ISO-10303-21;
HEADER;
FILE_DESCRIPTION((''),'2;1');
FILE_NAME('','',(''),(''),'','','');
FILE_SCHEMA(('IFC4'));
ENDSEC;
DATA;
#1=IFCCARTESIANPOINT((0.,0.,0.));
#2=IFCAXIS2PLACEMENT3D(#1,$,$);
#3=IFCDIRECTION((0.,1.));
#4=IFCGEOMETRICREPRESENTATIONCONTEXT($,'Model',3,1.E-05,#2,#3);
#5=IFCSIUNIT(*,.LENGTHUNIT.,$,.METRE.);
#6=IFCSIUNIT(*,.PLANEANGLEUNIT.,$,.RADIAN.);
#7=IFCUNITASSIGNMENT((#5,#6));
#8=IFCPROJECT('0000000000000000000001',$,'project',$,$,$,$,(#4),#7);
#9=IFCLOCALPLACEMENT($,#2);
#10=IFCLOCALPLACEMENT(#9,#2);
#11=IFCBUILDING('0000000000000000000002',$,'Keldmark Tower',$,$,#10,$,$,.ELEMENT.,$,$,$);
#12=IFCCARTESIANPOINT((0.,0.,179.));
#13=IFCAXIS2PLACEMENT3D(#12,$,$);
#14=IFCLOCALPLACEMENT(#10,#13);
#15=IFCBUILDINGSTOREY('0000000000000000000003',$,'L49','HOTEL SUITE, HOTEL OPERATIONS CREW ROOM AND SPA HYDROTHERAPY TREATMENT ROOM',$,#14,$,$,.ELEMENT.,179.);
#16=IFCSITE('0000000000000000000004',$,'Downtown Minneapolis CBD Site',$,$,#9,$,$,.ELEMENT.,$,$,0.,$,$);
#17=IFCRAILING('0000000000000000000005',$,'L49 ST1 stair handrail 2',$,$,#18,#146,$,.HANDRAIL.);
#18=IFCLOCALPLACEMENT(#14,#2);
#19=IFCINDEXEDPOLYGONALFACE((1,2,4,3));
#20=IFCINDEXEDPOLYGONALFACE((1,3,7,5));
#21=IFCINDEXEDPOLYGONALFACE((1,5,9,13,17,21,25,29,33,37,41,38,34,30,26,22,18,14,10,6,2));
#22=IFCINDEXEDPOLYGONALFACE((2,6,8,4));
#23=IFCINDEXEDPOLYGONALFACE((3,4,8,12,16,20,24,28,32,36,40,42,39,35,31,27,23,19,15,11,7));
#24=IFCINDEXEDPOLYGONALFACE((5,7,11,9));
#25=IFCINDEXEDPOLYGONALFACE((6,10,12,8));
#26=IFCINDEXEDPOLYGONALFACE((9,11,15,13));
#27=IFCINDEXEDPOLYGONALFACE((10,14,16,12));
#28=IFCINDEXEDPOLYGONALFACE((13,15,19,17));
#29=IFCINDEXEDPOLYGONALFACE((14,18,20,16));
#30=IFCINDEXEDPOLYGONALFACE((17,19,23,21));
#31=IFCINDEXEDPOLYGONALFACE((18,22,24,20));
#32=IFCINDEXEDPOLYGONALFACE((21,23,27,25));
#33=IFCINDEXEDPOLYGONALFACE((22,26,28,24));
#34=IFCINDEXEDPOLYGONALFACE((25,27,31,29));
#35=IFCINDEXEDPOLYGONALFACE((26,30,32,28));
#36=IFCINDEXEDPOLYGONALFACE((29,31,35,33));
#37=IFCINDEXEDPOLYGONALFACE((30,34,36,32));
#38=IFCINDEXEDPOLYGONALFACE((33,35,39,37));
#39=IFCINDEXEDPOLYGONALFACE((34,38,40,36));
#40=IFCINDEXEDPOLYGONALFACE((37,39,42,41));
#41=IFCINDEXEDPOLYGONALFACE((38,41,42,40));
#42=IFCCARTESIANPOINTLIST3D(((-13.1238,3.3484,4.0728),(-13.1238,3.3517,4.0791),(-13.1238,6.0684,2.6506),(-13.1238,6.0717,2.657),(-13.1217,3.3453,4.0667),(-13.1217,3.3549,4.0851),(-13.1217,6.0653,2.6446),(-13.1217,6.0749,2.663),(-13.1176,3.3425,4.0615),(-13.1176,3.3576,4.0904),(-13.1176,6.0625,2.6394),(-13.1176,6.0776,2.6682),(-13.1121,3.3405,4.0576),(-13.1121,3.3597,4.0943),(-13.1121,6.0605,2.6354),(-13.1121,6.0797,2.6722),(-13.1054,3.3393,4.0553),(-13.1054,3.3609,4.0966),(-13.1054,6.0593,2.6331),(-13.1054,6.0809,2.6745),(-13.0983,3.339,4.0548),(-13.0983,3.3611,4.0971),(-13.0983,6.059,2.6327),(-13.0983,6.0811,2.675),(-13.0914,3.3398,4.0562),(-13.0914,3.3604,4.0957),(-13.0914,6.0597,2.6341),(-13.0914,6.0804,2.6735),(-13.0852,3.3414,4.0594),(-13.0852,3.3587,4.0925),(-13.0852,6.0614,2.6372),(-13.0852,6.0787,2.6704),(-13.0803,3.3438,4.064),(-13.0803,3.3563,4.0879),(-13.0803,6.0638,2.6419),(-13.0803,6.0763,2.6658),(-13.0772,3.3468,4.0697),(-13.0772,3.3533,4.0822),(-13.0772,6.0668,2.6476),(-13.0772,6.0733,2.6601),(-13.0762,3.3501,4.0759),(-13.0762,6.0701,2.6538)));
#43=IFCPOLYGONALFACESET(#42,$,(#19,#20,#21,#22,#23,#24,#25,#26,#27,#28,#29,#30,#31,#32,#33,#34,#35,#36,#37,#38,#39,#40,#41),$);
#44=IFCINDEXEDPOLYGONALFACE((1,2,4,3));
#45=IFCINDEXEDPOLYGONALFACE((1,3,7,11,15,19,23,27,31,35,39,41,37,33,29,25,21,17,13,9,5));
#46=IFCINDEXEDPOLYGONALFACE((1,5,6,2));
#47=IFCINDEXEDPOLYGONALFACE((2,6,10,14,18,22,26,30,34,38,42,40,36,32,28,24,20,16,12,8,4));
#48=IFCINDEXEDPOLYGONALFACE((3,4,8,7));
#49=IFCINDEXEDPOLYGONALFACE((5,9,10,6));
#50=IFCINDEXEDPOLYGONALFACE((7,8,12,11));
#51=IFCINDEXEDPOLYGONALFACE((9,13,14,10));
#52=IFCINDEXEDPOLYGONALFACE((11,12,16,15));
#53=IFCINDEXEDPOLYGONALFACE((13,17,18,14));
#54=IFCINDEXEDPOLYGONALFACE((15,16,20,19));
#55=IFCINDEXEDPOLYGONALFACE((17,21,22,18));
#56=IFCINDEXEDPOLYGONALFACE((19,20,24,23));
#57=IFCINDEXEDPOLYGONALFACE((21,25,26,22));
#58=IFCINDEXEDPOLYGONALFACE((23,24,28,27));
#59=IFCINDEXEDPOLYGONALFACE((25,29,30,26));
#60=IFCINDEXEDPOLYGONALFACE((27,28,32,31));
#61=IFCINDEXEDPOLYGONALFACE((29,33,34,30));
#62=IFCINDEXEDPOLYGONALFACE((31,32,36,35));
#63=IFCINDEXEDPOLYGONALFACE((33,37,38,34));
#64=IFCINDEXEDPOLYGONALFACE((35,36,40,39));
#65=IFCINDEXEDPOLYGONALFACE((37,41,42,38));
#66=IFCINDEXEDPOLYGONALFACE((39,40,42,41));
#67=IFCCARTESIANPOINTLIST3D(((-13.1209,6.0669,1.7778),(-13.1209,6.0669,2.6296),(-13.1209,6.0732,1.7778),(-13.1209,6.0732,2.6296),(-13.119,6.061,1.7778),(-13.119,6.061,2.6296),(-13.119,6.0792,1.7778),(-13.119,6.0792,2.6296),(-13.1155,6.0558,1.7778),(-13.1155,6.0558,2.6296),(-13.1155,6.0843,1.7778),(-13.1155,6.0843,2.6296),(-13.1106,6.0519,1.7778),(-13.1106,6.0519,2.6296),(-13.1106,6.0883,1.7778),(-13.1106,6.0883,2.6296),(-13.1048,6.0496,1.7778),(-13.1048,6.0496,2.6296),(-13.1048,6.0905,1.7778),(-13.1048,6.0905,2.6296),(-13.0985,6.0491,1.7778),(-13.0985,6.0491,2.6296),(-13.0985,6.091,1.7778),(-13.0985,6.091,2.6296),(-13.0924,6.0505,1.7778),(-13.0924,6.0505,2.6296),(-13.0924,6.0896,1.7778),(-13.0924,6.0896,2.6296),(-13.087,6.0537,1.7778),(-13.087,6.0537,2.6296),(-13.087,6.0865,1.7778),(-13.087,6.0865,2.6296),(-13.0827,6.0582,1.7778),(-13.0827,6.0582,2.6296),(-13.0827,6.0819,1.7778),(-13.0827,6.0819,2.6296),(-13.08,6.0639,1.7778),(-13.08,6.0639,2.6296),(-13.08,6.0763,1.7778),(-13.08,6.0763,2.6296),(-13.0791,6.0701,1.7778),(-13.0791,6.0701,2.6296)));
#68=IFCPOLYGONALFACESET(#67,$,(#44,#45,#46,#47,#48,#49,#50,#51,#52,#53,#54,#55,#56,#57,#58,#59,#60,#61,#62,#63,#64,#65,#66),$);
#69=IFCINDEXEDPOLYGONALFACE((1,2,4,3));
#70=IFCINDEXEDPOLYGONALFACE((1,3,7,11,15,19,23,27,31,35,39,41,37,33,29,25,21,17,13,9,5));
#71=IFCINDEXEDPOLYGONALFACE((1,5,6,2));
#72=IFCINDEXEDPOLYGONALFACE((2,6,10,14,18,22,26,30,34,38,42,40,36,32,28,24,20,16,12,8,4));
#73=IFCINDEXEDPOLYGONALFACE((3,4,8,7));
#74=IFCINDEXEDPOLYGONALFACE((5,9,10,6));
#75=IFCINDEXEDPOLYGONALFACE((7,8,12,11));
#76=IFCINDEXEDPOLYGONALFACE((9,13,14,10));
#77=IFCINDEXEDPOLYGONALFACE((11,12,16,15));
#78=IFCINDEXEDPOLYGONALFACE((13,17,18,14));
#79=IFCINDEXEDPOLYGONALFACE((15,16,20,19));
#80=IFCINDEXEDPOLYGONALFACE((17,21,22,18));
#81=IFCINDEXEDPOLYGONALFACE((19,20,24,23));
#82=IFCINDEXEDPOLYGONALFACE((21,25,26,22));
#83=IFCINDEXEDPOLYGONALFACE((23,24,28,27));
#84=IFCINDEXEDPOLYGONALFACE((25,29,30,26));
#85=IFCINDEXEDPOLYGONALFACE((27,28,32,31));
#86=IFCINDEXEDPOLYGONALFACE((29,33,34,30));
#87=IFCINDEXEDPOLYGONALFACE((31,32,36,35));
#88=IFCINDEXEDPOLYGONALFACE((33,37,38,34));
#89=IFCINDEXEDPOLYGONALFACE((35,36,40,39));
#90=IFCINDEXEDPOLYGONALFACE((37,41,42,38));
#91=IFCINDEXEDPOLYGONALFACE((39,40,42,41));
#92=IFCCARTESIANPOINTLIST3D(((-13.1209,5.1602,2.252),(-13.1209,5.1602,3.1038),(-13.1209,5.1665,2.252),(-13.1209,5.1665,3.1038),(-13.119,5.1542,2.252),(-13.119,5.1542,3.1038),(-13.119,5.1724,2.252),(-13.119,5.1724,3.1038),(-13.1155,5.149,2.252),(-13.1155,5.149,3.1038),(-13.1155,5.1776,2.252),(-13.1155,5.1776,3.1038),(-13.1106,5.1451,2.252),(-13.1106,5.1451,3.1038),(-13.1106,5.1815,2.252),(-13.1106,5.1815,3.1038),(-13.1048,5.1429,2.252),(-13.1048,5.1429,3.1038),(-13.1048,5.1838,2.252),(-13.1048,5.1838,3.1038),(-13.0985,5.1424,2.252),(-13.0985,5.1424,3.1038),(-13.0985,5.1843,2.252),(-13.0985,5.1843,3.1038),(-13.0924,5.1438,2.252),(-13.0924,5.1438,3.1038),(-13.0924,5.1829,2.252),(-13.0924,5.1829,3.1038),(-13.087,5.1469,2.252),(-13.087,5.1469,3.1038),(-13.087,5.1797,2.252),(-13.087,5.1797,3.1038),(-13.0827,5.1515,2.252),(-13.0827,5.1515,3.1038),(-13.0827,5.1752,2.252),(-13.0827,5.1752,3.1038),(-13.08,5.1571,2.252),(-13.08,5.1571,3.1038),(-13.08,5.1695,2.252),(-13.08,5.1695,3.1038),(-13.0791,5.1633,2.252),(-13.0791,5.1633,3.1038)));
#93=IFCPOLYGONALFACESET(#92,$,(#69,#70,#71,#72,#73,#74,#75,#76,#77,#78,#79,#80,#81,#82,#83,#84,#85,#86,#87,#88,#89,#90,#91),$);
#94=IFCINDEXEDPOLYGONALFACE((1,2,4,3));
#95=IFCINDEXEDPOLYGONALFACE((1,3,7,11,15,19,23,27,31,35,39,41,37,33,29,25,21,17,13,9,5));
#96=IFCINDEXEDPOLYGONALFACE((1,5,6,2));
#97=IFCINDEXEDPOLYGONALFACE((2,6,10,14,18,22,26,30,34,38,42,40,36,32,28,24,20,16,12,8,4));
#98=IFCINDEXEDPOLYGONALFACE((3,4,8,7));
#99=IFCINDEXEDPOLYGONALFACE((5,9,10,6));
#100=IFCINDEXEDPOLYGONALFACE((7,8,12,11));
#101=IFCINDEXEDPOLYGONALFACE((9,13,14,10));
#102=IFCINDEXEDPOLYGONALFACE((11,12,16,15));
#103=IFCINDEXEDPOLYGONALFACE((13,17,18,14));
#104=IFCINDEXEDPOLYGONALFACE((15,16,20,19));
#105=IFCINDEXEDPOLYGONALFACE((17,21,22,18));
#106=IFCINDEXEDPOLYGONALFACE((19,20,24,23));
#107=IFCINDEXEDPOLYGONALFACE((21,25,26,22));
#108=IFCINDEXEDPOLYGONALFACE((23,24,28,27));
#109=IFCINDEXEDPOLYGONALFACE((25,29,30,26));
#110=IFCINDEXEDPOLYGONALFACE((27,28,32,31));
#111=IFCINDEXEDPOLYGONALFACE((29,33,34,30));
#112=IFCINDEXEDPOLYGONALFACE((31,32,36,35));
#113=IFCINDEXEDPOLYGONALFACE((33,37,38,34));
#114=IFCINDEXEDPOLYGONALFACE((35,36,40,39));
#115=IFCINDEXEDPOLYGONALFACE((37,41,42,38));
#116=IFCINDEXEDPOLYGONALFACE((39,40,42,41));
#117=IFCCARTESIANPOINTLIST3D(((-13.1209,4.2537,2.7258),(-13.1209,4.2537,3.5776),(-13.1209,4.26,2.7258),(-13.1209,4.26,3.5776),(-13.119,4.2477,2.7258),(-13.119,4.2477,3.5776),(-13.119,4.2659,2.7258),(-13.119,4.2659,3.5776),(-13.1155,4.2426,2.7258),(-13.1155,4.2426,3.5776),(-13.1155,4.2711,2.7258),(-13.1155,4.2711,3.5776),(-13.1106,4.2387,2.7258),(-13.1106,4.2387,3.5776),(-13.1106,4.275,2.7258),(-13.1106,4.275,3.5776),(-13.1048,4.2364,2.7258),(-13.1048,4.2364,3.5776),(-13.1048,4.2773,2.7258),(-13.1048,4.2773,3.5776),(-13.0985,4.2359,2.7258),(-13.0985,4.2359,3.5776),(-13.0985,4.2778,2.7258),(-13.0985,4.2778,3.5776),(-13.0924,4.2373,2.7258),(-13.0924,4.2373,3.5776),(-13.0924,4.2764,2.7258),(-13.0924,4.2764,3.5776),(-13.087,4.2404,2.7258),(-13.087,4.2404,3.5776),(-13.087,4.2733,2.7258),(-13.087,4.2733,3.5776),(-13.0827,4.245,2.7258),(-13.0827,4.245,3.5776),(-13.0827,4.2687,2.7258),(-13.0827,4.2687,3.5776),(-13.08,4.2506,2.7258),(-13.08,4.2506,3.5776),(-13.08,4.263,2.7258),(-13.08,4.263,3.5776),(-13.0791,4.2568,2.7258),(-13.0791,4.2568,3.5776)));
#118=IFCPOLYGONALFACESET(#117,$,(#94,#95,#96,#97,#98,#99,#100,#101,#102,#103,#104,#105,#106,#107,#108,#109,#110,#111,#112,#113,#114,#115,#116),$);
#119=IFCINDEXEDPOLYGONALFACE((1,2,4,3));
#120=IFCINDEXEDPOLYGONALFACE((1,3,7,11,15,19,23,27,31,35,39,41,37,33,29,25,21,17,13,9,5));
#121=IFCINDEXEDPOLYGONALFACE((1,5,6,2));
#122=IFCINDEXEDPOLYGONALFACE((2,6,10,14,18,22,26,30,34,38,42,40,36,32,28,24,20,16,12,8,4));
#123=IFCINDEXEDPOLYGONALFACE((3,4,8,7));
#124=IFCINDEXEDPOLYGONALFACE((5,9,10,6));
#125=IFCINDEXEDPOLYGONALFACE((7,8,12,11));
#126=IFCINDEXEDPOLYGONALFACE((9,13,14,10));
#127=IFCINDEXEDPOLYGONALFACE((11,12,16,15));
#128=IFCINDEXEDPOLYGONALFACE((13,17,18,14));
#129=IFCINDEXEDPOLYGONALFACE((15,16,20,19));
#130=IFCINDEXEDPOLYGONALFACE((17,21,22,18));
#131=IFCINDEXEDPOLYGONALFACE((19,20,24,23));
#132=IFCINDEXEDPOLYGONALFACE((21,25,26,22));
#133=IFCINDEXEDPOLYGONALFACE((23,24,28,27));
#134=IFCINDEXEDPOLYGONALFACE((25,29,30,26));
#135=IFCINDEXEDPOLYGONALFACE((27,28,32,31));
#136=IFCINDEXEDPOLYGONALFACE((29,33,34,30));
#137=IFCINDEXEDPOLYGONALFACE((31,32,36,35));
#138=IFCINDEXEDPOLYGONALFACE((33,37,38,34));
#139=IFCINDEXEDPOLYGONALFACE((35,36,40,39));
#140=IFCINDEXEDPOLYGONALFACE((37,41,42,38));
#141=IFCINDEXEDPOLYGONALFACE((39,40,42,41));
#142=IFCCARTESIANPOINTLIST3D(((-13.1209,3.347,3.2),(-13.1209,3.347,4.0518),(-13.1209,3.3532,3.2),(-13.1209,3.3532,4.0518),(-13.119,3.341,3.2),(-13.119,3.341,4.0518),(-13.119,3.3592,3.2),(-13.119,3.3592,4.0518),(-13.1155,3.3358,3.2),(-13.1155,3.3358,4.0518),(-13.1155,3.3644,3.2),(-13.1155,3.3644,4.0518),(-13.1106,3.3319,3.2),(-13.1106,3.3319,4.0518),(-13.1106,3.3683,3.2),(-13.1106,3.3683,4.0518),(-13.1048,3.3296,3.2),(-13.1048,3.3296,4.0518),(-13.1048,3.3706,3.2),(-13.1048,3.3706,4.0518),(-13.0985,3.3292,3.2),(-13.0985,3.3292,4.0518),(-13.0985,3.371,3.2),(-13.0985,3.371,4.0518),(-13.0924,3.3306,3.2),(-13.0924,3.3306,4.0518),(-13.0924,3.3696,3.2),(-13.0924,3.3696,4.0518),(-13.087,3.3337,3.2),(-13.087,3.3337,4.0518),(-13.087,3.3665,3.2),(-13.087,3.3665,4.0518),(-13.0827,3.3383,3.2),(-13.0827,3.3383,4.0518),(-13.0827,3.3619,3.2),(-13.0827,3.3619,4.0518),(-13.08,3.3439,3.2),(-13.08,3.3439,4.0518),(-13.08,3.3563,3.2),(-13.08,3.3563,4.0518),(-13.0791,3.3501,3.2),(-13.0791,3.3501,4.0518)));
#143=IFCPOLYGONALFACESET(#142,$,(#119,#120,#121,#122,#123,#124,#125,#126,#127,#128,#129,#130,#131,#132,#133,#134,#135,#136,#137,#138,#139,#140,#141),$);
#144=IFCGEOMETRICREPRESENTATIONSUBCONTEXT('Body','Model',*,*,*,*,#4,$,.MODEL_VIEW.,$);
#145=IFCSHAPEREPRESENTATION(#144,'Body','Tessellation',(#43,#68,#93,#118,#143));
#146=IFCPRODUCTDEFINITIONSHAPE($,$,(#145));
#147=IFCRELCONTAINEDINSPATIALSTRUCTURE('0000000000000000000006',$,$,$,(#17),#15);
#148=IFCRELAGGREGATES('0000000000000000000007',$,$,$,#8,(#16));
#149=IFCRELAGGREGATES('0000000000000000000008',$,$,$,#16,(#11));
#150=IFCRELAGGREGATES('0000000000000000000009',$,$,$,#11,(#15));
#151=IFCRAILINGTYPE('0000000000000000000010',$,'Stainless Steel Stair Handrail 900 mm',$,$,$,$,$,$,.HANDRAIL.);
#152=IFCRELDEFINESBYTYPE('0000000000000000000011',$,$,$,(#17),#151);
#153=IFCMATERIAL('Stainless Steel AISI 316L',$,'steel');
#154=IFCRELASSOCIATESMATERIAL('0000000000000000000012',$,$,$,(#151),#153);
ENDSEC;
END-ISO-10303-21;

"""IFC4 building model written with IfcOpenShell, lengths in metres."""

from ifc_helpers import new_model, si_unit, direction, frame, origin, origin_2d, place, context, subcontext, project, spatial, circle, extrude, material, type_object, element, save


model = new_model("IFC4")

# Units and contexts
model_context = context("Model", 3, precision=1e-05, world=origin(), true_north=direction((0.0, 1.0)))
body_context = subcontext(model_context, "Body", "Model", "MODEL_VIEW")
ifc_project = project(units=[si_unit("LENGTHUNIT", "METRE"), si_unit("PLANEANGLEUNIT", "RADIAN")], contexts=[model_context])

# Site, building, storey
site_placement = place(None, origin())
site = spatial("IfcSite", under=ifc_project, at=site_placement, Name="Downtown Minneapolis CBD Site", CompositionType="ELEMENT", RefElevation=0.0)
building_placement = place(site_placement, origin())
building = spatial("IfcBuilding", under=site, at=building_placement, Name="Keldmark Tower", CompositionType="ELEMENT")
storey_placement = place(building_placement, frame((0.0, 0.0, 179.0)))
storey = spatial("IfcBuildingStorey", under=building, at=storey_placement, Name="L49", Description="HOTEL SUITE, HOTEL OPERATIONS CREW ROOM AND SPA HYDROTHERAPY TREATMENT ROOM", CompositionType="ELEMENT", Elevation=179.0)

# Railing
ifc_material_1 = material(Name="Stainless Steel AISI 316L", Category="steel")
railing_type_1 = type_object("IfcRailingType", Name="Stainless Steel Stair Handrail 900 mm", PredefinedType="HANDRAIL", material=ifc_material_1)
railing_1_placement = place(storey_placement, frame((-13.1001, 6.0701, 1.7778)))
element("IfcRailing", 1, at=railing_1_placement, inside=storey, type_object=railing_type_1, Name="L49 ST1 stair handrail 2", PredefinedType="HANDRAIL", context=body_context, shape_type="SweptSolid", body=[
    extrude(circle(Radius=0.0239, at=origin_2d()), frame((0.0, 0.0, 0.876), z_axis=(0.0, -0.886183, 0.463335), x_axis=(1.0, 0.0, 0.0)), (0.0, 0.0, 1.0), 3.0693),
    extrude(circle(Radius=0.021, at=origin_2d()), origin(), (0.0, 0.0, 1.0), 0.8518),
    extrude(circle(Radius=0.021, at=origin_2d()), frame((0.0, -0.9067, 0.4741)), (0.0, 0.0, 1.0), 0.8518),
    extrude(circle(Radius=0.021, at=origin_2d()), frame((0.0, -1.8132, 0.948)), (0.0, 0.0, 1.0), 0.8518),
    extrude(circle(Radius=0.021, at=origin_2d()), frame((0.0, -2.72, 1.4221)), (0.0, 0.0, 1.0), 0.8518),
])

save(model, "model.ifc")
